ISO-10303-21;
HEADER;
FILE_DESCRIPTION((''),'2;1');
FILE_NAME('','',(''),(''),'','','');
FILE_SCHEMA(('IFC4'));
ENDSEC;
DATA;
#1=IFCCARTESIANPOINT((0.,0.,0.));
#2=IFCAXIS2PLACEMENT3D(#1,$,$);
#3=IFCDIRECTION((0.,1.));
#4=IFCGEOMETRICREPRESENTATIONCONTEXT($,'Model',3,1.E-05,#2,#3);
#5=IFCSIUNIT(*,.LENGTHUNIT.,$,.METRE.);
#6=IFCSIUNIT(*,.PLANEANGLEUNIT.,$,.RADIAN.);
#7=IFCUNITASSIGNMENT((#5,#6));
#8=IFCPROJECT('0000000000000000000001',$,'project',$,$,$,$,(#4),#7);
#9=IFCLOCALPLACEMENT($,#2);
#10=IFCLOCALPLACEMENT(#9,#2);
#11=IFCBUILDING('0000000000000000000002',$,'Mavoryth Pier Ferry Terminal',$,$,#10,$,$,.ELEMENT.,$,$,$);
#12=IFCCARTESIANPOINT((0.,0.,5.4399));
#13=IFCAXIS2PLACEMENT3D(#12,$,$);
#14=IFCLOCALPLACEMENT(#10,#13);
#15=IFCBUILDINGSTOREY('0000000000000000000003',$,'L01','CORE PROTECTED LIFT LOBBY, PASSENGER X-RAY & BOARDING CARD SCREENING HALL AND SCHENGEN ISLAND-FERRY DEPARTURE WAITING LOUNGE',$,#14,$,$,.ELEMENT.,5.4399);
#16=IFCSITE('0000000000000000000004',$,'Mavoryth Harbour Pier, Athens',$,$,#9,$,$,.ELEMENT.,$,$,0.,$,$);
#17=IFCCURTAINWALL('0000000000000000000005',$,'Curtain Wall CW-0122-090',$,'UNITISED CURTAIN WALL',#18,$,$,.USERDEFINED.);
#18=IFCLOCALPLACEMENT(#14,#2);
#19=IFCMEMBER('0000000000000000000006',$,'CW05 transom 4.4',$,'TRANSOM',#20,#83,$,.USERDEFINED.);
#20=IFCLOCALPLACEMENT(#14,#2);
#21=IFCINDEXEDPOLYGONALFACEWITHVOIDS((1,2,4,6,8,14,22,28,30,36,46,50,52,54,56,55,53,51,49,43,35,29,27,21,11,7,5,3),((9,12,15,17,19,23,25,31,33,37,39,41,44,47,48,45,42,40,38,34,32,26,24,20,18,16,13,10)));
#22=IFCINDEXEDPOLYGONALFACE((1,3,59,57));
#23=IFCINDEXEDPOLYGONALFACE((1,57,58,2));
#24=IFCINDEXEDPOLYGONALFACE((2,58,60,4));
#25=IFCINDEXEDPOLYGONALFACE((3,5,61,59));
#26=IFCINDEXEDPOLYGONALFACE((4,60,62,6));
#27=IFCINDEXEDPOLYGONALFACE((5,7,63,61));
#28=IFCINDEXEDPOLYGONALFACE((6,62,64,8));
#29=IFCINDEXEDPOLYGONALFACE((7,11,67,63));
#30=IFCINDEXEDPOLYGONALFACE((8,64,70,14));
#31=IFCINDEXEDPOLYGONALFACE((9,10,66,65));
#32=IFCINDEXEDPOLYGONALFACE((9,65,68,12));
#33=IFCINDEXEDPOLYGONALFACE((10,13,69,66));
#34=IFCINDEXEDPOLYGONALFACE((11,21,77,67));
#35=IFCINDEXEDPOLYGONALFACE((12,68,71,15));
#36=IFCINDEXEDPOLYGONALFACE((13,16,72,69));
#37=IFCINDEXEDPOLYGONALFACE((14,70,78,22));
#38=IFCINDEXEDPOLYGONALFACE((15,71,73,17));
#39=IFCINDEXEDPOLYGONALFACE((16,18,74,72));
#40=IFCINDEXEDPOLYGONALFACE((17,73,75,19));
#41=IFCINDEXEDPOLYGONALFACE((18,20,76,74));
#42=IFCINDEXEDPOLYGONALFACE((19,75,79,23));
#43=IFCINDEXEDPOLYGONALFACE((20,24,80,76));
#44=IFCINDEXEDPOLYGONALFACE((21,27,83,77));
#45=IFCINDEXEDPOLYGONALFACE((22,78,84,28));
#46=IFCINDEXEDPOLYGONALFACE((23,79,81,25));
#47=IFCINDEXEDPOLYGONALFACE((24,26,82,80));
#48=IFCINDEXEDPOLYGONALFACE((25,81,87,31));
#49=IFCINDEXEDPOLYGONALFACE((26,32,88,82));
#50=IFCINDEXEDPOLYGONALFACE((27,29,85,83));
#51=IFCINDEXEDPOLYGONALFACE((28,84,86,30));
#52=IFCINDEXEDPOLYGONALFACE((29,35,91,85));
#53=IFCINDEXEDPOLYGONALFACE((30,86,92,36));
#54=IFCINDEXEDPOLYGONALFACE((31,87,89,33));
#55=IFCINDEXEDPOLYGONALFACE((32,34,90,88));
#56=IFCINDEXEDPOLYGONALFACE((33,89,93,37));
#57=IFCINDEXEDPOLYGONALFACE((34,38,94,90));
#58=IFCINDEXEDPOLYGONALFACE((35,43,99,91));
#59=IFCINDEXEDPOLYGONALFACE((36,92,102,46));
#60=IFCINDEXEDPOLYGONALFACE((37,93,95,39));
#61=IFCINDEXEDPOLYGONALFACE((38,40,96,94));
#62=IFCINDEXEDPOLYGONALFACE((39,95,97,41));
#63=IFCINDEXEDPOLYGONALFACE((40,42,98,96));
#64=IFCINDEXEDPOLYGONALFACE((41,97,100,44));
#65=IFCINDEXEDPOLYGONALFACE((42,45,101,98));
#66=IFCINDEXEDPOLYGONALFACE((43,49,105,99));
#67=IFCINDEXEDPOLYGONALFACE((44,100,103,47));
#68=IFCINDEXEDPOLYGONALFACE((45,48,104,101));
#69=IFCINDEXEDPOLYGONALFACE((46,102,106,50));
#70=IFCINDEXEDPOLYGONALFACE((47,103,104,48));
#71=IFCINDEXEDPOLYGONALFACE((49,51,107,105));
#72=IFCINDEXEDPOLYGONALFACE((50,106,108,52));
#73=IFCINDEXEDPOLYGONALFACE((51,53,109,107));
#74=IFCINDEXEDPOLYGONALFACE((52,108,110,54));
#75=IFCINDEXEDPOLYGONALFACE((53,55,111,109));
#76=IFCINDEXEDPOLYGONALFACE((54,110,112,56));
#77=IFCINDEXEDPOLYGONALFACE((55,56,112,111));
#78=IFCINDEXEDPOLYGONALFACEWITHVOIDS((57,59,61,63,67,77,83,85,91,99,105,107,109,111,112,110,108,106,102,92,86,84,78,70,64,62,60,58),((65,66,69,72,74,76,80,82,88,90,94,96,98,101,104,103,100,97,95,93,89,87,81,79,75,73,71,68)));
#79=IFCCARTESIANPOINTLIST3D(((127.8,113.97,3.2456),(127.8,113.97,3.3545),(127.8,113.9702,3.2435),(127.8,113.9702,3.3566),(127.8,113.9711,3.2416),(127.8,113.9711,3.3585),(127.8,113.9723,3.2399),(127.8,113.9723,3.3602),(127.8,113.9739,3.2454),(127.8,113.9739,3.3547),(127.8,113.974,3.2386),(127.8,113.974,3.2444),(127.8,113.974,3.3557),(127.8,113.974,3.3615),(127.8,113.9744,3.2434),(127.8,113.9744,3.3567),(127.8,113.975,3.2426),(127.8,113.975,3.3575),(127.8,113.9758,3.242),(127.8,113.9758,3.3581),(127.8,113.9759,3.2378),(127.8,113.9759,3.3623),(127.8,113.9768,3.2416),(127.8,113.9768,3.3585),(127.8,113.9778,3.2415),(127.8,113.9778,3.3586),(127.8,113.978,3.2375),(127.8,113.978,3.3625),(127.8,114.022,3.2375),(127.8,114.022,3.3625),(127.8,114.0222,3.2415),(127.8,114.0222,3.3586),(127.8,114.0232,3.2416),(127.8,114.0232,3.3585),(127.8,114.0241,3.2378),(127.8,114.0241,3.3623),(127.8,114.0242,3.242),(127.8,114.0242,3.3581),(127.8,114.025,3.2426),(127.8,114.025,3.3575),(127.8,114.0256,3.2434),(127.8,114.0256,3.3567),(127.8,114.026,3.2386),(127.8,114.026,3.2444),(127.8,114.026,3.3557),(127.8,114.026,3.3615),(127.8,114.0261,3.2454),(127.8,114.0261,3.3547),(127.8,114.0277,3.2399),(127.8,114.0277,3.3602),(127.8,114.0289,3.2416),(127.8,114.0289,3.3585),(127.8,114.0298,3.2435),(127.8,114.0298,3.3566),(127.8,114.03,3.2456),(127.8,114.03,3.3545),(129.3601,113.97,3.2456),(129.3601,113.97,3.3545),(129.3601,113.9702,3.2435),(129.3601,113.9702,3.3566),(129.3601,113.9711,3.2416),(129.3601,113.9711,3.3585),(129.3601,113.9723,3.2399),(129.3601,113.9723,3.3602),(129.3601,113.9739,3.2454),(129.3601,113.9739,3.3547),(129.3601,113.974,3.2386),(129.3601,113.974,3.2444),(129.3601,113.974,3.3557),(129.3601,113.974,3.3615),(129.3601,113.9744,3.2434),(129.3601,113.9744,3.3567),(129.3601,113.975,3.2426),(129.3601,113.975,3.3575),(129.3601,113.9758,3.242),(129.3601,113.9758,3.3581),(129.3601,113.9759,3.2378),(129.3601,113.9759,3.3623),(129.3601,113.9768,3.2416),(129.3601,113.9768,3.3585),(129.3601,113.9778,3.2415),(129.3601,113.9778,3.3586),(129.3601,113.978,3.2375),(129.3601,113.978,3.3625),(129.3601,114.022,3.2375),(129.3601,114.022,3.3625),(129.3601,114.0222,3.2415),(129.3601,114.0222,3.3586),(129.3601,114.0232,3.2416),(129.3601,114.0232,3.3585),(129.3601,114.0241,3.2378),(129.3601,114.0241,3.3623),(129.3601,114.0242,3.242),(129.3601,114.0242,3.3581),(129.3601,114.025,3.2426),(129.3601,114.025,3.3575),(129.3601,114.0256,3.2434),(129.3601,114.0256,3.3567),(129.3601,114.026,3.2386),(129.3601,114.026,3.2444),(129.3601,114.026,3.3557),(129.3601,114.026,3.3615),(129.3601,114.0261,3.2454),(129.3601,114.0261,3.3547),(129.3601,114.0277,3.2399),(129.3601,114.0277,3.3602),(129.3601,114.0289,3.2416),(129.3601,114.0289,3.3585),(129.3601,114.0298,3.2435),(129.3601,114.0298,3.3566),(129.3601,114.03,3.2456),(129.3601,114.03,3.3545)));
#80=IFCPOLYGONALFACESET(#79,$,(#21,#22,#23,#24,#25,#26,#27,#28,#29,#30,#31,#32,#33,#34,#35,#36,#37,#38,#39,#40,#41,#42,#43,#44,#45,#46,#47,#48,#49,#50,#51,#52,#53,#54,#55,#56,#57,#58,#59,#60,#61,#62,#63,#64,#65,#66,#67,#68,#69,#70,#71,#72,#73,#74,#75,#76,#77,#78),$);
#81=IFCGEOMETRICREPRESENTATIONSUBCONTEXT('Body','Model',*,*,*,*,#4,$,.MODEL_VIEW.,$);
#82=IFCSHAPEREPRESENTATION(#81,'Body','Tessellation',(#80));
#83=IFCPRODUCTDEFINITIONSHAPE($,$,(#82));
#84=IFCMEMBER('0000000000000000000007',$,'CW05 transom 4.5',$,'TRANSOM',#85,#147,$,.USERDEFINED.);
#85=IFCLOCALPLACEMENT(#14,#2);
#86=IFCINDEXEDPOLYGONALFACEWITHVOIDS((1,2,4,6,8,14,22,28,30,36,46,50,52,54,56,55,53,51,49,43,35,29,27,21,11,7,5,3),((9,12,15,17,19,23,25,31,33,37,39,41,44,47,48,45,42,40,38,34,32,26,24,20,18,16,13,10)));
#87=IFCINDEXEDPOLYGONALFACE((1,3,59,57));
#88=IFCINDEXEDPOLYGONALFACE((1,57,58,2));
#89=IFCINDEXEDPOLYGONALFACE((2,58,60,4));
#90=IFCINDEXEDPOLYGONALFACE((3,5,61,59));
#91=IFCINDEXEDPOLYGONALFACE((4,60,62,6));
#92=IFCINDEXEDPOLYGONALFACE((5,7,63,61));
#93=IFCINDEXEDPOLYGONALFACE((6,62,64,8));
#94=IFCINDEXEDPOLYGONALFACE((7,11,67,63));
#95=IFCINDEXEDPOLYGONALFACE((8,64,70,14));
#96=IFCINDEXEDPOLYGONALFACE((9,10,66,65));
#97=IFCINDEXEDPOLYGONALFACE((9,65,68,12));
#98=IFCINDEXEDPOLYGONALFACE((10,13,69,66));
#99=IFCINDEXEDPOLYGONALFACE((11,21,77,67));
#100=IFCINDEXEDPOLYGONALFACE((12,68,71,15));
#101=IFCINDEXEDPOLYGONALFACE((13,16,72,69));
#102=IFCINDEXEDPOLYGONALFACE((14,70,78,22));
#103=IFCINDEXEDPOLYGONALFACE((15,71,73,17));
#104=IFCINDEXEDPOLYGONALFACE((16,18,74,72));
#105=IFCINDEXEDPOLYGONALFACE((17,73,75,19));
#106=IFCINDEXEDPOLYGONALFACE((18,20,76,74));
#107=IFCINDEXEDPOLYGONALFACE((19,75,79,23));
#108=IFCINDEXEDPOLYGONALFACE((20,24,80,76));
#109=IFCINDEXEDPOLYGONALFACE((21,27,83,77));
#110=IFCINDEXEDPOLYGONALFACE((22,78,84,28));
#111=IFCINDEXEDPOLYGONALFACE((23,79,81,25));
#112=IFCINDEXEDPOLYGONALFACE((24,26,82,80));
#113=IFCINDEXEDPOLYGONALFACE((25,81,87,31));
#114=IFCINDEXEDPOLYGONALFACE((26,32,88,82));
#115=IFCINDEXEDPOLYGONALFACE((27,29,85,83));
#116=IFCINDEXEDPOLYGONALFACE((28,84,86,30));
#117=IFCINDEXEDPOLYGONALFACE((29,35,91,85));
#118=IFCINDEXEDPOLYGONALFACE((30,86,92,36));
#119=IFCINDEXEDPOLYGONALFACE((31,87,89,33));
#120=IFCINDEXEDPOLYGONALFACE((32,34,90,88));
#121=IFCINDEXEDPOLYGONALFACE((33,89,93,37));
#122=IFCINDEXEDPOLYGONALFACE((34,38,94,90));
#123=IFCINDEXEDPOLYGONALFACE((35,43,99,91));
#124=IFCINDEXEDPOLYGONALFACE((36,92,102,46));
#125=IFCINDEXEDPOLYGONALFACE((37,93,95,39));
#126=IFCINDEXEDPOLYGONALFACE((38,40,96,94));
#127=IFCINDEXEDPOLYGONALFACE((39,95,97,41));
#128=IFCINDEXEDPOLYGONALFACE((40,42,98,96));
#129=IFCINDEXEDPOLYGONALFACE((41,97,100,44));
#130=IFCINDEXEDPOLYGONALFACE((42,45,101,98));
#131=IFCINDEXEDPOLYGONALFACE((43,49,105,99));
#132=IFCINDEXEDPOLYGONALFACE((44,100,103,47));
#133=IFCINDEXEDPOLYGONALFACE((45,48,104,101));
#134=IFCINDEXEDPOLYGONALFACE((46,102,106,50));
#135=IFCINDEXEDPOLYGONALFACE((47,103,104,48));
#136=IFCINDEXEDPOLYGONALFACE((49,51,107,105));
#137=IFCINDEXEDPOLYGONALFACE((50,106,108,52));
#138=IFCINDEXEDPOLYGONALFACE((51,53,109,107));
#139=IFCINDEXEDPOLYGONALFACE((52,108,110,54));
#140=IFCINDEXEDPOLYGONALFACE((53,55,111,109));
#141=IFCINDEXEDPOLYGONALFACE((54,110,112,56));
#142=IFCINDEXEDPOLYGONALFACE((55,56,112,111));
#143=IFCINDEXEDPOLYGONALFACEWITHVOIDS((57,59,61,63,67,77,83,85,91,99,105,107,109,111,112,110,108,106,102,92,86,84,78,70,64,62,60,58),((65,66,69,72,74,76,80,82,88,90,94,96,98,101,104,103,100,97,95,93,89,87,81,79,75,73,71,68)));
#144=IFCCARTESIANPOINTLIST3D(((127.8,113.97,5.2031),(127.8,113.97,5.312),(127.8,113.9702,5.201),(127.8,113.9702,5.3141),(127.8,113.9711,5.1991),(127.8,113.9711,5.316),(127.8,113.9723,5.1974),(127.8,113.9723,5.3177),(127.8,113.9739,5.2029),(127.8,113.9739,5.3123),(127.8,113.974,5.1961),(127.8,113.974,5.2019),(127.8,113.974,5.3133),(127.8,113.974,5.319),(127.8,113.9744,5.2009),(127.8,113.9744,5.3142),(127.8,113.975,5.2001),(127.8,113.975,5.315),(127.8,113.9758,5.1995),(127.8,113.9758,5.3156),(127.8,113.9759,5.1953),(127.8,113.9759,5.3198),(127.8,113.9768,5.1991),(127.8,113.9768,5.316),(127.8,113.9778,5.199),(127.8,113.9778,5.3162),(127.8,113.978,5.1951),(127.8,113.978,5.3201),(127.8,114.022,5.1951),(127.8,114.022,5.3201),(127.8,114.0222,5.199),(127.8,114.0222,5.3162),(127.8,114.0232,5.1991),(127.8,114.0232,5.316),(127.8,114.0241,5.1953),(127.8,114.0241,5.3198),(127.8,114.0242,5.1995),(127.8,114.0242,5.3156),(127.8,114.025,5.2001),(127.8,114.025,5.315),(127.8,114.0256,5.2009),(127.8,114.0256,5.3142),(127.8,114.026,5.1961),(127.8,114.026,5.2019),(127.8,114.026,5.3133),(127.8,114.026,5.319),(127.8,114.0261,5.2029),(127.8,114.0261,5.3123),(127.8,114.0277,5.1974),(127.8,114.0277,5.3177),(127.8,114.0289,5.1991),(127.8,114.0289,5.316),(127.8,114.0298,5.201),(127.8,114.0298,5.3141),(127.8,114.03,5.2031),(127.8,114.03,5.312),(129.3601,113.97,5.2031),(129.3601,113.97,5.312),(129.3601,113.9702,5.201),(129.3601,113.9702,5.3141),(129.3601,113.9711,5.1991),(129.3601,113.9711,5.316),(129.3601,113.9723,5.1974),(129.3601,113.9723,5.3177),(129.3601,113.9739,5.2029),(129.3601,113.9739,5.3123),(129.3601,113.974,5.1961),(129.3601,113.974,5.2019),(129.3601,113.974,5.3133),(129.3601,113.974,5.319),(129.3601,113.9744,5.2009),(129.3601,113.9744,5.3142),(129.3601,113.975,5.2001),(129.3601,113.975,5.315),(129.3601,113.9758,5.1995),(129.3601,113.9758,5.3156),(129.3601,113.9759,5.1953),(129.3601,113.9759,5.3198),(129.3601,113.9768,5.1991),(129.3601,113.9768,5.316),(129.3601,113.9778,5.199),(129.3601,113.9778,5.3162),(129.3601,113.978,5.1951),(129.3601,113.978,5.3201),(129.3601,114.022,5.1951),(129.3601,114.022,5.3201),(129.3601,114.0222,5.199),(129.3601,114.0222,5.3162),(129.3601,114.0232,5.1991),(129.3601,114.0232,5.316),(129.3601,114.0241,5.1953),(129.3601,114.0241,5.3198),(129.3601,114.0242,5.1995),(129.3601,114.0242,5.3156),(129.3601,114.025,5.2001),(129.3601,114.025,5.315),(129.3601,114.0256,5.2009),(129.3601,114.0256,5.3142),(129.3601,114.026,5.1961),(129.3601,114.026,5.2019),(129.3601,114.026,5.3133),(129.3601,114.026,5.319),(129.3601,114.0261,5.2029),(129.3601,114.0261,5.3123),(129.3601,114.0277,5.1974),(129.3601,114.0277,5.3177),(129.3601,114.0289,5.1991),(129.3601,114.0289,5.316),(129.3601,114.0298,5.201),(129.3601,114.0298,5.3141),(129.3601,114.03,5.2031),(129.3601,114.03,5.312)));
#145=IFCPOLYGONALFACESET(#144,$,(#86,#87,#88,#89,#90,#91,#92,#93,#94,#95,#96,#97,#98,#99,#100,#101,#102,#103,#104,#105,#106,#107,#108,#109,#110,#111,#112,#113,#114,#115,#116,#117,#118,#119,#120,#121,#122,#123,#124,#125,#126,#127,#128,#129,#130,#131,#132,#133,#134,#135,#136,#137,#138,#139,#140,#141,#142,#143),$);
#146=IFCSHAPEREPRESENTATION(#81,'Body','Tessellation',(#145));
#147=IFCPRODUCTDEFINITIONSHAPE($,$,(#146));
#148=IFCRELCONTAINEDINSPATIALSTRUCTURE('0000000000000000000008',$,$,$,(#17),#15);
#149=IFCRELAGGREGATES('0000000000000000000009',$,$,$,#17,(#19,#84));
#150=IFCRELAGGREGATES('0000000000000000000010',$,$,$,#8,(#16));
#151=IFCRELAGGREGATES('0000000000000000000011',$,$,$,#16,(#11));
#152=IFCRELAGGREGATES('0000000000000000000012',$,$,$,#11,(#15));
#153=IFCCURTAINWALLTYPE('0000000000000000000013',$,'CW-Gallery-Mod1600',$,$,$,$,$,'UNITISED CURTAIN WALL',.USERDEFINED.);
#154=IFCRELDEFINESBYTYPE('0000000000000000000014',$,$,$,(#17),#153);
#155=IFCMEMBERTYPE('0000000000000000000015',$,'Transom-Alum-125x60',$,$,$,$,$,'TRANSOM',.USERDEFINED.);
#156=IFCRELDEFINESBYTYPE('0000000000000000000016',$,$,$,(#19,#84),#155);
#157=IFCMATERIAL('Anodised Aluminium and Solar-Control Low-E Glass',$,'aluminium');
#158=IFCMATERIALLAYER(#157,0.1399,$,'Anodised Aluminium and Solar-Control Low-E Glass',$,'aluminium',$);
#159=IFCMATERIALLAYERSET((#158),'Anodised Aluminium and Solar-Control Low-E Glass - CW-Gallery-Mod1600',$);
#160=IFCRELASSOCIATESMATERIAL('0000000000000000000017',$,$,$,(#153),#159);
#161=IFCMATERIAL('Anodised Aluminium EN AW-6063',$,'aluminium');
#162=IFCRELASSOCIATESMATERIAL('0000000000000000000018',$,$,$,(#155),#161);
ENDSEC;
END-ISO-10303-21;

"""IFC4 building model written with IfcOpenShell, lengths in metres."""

from ifc_helpers import new_model, si_unit, direction, frame, origin, origin_2d, place, context, subcontext, project, spatial, hollow_rectangle, extrude, material, layer, layer_set, material_profile, profile_set, type_object, element, aggregate, save


model = new_model("IFC4")

# Units and contexts
model_context = context("Model", 3, precision=1e-05, world=origin(), true_north=direction((0.0, 1.0)))
body_context = subcontext(model_context, "Body", "Model", "MODEL_VIEW")
ifc_project = project(units=[si_unit("LENGTHUNIT", "METRE"), si_unit("PLANEANGLEUNIT", "RADIAN")], contexts=[model_context])

# Site, building, storey
site_placement = place(None, origin())
site = spatial("IfcSite", under=ifc_project, at=site_placement, Name="Mavoryth Harbour Pier, Athens", CompositionType="ELEMENT", RefElevation=0.0)
building_placement = place(site_placement, origin())
building = spatial("IfcBuilding", under=site, at=building_placement, Name="Mavoryth Pier Ferry Terminal", CompositionType="ELEMENT")
storey_placement = place(building_placement, frame((0.0, 0.0, 5.4399)))
storey = spatial("IfcBuildingStorey", under=building, at=storey_placement, Name="L01", Description="CORE PROTECTED LIFT LOBBY, PASSENGER X-RAY & BOARDING CARD SCREENING HALL AND SCHENGEN ISLAND-FERRY DEPARTURE WAITING LOUNGE", CompositionType="ELEMENT", Elevation=5.4399)

# Shared definitions
ifc_material_1 = material(Name="Anodised Aluminium and Solar-Control Low-E Glass", Category="aluminium")
ifc_layer_1 = layer(ifc_material_1, 0.1399, Name="Anodised Aluminium and Solar-Control Low-E Glass", Category="aluminium")
ifc_layer_set_1 = layer_set([ifc_layer_1], Name="Anodised Aluminium and Solar-Control Low-E Glass - CW-Gallery-Mod1600")
curtain_wall_type = type_object("IfcCurtainWallType", Name="CW-Gallery-Mod1600", ElementType="UNITISED CURTAIN WALL", PredefinedType="USERDEFINED", material=ifc_layer_set_1)
ifc_material_2 = material(Name="Anodised Aluminium EN AW-6063", Category="aluminium")

# Curtain wall
curtain_wall_1_placement = place(storey_placement, origin())
curtain_wall_1 = element("IfcCurtainWall", 1, at=curtain_wall_1_placement, inside=storey, type_object=curtain_wall_type, Name="Curtain Wall CW-0122-090", ObjectType="UNITISED CURTAIN WALL", PredefinedType="USERDEFINED")

# Members
ifc_material_profile_1 = material_profile(ifc_material_2, hollow_rectangle(XDim=0.0601, YDim=0.125, WallThickness=0.0039, InnerFilletRadius=0.0039, OuterFilletRadius=0.0081, at=origin_2d()), Name="AL-TRAN 125x60x4", Category="aluminium")
ifc_profile_set_1 = profile_set([ifc_material_profile_1], Name="Anodised Aluminium EN AW-6063 - AL-TRAN 125x60x4")
member_type_1 = type_object("IfcMemberType", Name="Transom-Alum-125x60", ElementType="TRANSOM", PredefinedType="USERDEFINED", material=ifc_profile_set_1)
member_1_placement = place(storey_placement, frame((129.3601, 114.0, 3.3), z_axis=(-1.0, 0.0, 0.0), x_axis=(0.0, -1.0, 0.0)))
member_1 = element("IfcMember", 2, at=member_1_placement, type_object=member_type_1, Name="CW05 transom 4.4", ObjectType="TRANSOM", PredefinedType="USERDEFINED", context=body_context, shape_type="SweptSolid", body=[
    extrude(hollow_rectangle(XDim=0.0601, YDim=0.125, WallThickness=0.0039, InnerFilletRadius=0.0039, OuterFilletRadius=0.0081, at=origin_2d()), origin(), (0.0, 0.0, 1.0), 1.5601),
])
member_2_placement = place(storey_placement, frame((129.3601, 114.0, 5.2576), z_axis=(-1.0, 0.0, 0.0), x_axis=(0.0, -1.0, 0.0)))
member_2 = element("IfcMember", 3, at=member_2_placement, type_object=member_type_1, Name="CW05 transom 4.5", ObjectType="TRANSOM", PredefinedType="USERDEFINED", context=body_context, shape_type="SweptSolid", body=[
    extrude(hollow_rectangle(XDim=0.0601, YDim=0.125, WallThickness=0.0039, InnerFilletRadius=0.0039, OuterFilletRadius=0.0081, at=origin_2d()), origin(), (0.0, 0.0, 1.0), 1.5601),
])

aggregate(curtain_wall_1, [member_1, member_2])

save(model, "model.ifc")
